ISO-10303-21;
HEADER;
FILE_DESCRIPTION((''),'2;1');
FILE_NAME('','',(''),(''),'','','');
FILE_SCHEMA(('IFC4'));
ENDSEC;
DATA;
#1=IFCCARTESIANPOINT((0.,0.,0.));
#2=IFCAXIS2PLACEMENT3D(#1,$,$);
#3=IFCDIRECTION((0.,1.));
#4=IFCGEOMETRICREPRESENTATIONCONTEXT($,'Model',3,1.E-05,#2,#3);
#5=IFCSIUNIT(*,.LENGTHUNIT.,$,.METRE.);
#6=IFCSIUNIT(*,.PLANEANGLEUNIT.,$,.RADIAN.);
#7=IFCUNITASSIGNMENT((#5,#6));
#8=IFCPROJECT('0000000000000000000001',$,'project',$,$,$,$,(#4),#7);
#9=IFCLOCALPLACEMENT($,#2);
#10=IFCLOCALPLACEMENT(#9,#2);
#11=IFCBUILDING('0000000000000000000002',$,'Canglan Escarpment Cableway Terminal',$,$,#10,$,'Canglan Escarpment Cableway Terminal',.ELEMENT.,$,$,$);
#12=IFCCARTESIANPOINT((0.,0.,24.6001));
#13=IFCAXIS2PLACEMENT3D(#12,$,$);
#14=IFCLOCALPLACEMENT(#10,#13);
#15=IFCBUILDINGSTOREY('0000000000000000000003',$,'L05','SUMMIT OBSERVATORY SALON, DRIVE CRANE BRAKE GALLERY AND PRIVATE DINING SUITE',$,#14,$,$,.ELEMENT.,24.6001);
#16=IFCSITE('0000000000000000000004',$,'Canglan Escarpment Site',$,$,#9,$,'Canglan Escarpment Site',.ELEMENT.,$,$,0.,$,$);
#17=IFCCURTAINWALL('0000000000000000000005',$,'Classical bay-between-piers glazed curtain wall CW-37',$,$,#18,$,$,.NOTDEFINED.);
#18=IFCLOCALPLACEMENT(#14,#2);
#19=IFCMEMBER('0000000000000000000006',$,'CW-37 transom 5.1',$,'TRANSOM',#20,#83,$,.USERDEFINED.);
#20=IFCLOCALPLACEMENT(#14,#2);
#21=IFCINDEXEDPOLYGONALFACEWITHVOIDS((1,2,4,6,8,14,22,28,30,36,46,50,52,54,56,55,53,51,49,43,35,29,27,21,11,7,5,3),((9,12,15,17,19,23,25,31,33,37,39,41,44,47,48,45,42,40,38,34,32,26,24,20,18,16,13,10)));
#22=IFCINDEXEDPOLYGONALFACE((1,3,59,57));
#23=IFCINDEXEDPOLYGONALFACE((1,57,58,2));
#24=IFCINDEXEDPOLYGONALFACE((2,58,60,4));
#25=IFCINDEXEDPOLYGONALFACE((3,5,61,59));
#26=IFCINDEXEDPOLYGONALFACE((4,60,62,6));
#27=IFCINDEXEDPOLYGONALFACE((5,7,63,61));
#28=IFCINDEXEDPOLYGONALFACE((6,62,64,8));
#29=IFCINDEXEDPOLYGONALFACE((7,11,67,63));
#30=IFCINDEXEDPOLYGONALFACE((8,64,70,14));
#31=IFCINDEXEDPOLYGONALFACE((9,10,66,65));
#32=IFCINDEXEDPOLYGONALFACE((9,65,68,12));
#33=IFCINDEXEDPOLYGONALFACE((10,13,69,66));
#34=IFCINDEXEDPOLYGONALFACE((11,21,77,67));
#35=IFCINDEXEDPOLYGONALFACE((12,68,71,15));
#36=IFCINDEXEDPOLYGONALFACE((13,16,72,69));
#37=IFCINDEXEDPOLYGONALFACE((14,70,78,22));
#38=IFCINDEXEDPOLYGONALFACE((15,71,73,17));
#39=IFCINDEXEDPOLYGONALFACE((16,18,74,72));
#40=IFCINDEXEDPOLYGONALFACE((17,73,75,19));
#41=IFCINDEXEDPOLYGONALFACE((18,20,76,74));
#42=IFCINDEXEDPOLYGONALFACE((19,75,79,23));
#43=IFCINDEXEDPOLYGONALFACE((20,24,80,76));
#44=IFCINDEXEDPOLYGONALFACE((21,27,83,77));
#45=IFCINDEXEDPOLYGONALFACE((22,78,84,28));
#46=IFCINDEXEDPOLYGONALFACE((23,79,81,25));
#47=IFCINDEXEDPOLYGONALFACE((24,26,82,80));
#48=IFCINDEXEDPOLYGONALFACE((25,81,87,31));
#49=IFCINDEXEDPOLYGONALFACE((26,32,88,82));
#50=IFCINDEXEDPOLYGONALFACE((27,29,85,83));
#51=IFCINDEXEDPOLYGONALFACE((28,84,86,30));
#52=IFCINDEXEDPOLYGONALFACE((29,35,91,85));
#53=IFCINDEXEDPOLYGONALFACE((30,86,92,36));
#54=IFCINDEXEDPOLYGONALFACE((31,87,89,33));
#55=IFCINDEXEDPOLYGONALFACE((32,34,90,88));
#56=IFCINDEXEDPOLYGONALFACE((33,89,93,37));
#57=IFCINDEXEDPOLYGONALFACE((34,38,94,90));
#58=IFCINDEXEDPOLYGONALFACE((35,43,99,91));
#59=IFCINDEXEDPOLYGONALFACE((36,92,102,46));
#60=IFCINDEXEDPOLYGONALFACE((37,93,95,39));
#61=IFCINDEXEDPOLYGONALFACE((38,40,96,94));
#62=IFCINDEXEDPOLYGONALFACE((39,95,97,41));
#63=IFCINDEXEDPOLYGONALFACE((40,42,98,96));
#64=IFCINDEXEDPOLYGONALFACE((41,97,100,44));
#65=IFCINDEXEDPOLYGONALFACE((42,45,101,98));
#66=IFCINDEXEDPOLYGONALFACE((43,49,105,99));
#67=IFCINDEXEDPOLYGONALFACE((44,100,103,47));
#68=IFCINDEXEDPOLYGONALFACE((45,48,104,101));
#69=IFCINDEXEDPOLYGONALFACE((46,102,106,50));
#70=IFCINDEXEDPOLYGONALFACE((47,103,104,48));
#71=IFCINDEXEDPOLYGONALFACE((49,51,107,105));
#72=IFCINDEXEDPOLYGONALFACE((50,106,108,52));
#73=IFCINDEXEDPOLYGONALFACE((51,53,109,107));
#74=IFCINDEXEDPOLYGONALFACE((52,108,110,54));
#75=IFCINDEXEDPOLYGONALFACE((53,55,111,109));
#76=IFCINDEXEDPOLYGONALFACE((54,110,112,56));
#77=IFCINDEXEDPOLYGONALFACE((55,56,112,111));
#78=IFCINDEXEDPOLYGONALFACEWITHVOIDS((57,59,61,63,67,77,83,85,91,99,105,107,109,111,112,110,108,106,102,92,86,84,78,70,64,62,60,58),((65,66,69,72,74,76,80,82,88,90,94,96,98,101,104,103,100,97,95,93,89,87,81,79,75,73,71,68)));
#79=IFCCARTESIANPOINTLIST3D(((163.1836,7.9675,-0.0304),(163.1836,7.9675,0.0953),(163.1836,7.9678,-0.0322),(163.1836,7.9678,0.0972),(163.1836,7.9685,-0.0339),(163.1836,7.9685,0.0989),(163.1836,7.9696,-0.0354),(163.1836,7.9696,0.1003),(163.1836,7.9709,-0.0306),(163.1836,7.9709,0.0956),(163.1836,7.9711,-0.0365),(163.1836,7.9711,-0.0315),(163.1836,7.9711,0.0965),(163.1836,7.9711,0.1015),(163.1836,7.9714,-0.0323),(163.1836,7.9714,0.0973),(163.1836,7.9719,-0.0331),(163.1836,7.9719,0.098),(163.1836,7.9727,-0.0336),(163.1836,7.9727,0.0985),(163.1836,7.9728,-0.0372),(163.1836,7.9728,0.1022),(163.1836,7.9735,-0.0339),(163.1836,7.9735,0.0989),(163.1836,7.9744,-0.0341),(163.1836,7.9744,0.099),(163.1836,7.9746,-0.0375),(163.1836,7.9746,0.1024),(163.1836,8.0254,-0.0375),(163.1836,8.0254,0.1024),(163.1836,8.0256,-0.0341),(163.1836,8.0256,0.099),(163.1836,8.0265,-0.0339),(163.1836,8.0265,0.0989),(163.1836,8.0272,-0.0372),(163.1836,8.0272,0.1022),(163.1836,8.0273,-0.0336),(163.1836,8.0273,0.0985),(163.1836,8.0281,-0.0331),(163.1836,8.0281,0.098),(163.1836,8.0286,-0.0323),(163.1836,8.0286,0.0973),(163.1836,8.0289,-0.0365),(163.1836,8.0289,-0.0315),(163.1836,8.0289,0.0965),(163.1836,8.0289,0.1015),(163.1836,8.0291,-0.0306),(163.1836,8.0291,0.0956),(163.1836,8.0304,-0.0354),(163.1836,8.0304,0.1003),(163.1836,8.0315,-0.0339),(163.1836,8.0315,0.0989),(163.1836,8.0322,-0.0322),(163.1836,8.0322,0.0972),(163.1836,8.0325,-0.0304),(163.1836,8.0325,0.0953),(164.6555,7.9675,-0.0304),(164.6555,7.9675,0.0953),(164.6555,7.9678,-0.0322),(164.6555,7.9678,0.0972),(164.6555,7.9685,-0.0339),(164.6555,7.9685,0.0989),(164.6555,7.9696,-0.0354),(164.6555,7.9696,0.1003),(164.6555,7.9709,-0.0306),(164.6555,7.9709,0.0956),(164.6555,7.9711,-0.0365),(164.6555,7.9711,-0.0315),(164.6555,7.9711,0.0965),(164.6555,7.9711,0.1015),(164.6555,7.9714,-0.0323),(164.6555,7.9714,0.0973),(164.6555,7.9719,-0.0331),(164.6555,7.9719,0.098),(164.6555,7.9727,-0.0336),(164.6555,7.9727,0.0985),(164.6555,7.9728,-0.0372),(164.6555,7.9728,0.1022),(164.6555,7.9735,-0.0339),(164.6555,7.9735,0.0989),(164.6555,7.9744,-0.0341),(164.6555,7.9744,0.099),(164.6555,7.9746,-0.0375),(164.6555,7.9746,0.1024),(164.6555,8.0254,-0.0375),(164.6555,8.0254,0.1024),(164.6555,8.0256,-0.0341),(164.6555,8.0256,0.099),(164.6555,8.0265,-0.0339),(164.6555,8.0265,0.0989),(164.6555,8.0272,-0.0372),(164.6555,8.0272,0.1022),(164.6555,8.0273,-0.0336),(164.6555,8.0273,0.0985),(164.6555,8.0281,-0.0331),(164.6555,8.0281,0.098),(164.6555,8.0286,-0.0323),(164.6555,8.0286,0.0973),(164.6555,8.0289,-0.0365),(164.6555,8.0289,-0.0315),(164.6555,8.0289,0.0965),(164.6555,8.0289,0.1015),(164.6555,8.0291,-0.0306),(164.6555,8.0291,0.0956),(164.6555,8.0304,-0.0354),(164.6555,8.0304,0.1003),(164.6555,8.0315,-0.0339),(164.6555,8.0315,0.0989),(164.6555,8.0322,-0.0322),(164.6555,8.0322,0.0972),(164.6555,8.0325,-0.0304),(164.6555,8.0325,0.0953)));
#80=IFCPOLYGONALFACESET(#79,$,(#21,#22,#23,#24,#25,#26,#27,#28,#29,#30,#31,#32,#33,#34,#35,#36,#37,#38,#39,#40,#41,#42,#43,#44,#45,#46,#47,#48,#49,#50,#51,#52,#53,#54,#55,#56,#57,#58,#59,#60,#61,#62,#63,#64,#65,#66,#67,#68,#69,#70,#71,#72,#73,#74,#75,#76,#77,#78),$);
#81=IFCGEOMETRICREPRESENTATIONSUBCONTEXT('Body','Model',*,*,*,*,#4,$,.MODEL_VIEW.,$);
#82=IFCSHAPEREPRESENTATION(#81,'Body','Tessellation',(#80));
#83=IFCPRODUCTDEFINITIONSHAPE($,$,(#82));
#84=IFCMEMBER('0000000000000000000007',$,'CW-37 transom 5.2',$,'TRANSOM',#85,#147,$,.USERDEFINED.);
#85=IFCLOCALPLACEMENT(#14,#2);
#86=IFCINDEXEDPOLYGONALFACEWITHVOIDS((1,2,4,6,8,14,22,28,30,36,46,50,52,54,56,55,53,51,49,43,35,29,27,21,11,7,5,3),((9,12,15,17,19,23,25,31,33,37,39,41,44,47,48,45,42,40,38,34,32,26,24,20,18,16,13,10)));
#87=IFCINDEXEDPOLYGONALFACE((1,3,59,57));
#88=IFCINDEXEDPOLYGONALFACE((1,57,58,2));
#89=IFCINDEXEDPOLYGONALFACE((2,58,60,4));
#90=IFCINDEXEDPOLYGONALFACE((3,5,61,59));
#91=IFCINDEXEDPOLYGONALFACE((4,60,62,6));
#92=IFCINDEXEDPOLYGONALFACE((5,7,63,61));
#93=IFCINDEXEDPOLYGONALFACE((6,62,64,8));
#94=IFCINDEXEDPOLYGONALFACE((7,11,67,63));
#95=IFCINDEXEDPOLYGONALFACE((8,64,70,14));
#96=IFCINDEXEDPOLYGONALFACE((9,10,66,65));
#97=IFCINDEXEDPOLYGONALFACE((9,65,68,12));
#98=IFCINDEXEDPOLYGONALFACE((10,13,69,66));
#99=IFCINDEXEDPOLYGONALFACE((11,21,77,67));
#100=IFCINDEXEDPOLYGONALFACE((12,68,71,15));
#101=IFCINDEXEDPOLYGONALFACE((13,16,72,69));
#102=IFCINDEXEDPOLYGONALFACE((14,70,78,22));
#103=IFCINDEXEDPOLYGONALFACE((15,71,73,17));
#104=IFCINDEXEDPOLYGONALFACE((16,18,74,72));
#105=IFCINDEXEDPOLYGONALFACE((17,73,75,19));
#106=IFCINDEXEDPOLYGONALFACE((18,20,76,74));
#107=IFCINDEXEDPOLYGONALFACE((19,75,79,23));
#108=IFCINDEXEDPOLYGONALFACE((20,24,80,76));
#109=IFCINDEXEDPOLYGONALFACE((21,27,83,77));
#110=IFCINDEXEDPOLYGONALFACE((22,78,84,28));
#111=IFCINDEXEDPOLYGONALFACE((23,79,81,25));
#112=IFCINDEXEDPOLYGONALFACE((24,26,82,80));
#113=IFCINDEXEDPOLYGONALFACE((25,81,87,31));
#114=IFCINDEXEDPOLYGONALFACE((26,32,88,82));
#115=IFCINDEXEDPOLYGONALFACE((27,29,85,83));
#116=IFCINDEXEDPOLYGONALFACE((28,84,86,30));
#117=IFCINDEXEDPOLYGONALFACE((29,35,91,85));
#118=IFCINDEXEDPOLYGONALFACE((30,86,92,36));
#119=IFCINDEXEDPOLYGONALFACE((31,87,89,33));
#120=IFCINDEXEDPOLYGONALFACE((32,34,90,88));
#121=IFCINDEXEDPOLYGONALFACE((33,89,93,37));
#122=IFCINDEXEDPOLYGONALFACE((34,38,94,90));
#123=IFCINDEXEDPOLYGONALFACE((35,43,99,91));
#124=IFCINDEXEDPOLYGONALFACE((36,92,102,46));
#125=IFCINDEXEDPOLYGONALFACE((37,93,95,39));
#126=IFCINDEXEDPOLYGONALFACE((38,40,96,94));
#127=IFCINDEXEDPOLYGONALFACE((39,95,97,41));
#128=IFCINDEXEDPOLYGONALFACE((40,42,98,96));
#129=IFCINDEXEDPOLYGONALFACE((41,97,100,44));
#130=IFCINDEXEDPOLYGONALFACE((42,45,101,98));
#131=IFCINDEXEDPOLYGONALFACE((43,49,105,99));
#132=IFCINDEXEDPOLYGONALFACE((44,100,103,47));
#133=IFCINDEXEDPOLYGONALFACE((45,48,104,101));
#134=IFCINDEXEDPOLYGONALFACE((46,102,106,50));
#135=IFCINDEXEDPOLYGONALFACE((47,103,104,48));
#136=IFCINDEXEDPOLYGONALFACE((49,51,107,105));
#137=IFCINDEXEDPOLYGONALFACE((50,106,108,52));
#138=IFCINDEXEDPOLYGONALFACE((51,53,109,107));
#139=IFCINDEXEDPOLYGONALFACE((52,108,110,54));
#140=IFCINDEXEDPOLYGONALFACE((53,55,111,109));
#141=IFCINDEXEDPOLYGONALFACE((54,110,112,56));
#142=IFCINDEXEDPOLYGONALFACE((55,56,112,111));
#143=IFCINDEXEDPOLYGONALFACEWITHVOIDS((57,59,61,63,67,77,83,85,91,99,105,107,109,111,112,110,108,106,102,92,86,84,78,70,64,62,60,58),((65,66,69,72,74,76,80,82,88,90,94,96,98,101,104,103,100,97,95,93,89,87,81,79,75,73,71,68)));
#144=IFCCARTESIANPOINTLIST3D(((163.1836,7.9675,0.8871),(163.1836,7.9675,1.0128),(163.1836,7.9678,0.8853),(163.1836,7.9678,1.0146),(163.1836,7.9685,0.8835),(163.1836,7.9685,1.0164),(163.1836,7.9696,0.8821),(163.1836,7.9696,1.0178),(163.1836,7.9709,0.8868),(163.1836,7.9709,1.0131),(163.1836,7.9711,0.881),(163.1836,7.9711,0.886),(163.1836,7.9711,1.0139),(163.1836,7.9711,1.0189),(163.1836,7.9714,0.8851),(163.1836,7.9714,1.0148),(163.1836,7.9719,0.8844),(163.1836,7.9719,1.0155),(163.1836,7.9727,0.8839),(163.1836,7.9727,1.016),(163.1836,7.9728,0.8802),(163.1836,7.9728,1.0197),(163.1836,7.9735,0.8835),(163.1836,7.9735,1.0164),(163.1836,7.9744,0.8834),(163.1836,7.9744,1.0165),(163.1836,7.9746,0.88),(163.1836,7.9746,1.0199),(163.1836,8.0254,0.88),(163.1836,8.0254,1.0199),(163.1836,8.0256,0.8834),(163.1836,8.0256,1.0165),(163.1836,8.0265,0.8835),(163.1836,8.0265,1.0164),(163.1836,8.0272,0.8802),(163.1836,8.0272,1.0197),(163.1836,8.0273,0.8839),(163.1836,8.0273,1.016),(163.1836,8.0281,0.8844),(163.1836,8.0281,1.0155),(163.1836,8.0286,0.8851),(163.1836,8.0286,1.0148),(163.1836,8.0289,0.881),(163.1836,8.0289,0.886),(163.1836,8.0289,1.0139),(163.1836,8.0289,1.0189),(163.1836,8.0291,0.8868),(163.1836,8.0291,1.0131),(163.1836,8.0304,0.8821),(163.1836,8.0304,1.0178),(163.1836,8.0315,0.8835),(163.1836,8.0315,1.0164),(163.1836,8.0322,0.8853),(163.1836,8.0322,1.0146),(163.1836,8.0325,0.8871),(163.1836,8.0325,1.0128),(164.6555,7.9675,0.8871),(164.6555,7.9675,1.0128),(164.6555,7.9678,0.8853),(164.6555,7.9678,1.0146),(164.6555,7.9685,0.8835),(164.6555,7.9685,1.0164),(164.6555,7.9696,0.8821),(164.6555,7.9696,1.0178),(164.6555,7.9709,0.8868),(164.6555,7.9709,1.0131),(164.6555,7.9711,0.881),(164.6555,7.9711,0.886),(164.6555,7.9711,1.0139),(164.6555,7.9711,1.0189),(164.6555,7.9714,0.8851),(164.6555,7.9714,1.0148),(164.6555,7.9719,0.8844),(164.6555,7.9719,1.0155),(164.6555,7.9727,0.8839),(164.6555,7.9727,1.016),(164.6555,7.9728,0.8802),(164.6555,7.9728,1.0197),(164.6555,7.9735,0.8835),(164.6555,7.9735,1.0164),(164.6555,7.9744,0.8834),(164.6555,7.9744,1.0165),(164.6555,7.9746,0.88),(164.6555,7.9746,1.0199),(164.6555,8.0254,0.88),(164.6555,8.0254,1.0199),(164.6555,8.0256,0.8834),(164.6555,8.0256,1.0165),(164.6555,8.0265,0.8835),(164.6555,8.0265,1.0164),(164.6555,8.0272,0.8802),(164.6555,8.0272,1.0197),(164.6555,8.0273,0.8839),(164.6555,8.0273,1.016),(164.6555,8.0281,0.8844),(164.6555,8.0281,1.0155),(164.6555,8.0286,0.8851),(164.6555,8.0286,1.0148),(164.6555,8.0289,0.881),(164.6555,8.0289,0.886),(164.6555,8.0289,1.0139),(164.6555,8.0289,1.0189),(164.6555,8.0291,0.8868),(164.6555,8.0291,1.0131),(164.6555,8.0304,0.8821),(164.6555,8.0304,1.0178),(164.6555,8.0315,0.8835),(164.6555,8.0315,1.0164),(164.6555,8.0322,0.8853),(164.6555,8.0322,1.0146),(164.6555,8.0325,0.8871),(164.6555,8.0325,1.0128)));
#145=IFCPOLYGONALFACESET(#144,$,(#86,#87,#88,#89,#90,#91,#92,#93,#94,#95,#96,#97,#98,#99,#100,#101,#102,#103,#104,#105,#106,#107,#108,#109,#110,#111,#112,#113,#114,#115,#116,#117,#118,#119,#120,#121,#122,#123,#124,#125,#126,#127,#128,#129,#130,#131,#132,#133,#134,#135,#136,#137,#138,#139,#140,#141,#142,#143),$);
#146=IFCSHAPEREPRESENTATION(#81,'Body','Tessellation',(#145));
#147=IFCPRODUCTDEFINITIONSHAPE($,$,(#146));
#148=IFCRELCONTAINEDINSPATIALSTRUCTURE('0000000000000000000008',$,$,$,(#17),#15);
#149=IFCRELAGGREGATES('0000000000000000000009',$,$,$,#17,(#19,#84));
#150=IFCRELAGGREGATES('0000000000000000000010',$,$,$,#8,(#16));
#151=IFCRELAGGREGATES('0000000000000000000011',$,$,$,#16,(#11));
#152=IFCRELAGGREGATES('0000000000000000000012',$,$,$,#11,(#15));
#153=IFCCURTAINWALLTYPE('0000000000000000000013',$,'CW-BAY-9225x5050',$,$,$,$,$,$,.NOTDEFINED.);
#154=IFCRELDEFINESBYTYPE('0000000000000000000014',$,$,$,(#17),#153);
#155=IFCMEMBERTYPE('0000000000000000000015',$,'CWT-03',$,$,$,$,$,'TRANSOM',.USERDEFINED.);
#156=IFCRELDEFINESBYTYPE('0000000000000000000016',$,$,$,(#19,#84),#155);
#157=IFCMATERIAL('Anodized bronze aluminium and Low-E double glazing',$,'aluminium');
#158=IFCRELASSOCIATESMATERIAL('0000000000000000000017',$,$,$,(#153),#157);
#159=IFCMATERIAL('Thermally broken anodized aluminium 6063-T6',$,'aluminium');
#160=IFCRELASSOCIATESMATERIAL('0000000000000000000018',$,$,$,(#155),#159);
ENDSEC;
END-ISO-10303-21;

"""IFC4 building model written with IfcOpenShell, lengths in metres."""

from ifc_helpers import new_model, si_unit, direction, frame, origin, origin_2d, place, context, subcontext, project, spatial, hollow_rectangle, extrude, material, material_profile, profile_set, type_object, element, aggregate, save


model = new_model("IFC4")

# Units and contexts
model_context = context("Model", 3, precision=1e-05, world=origin(), true_north=direction((0.0, 1.0)))
body_context = subcontext(model_context, "Body", "Model", "MODEL_VIEW")
ifc_project = project(units=[si_unit("LENGTHUNIT", "METRE"), si_unit("PLANEANGLEUNIT", "RADIAN")], contexts=[model_context])

# Site, building, storey
site_placement = place(None, origin())
site = spatial("IfcSite", under=ifc_project, at=site_placement, Name="Canglan Escarpment Site", LongName="Canglan Escarpment Site", CompositionType="ELEMENT", RefElevation=0.0)
building_placement = place(site_placement, origin())
building = spatial("IfcBuilding", under=site, at=building_placement, Name="Canglan Escarpment Cableway Terminal", LongName="Canglan Escarpment Cableway Terminal", CompositionType="ELEMENT")
storey_placement = place(building_placement, frame((0.0, 0.0, 24.6001)))
storey = spatial("IfcBuildingStorey", under=building, at=storey_placement, Name="L05", Description="SUMMIT OBSERVATORY SALON, DRIVE CRANE BRAKE GALLERY AND PRIVATE DINING SUITE", CompositionType="ELEMENT", Elevation=24.6001)

# Curtain wall, members
ifc_material_1 = material(Name="Anodized bronze aluminium and Low-E double glazing", Category="aluminium")
curtain_wall_type = type_object("IfcCurtainWallType", Name="CW-BAY-9225x5050", PredefinedType="NOTDEFINED", material=ifc_material_1)
curtain_wall_placement = place(storey_placement, origin())
curtain_wall = element("IfcCurtainWall", 1, at=curtain_wall_placement, inside=storey, type_object=curtain_wall_type, Name="Classical bay-between-piers glazed curtain wall CW-37", PredefinedType="NOTDEFINED")
ifc_material_2 = material(Name="Thermally broken anodized aluminium 6063-T6", Category="aluminium")
ifc_material_profile_1 = material_profile(ifc_material_2, hollow_rectangle(XDim=0.0649, YDim=0.1399, WallThickness=0.0034, InnerFilletRadius=0.0034, OuterFilletRadius=0.0071, at=origin_2d()), Name="ALU-TRAN 65x140x3.5")
ifc_profile_set_1 = profile_set([ifc_material_profile_1], Name="Thermally broken anodized aluminium 6063-T6")
member_type_1 = type_object("IfcMemberType", Name="CWT-03", ElementType="TRANSOM", PredefinedType="USERDEFINED", material=ifc_profile_set_1)
member_1_placement = place(storey_placement, frame((163.1836, 8.0, 0.0325), z_axis=(1.0, 0.0, 0.0), x_axis=(0.0, 1.0, 0.0)))
member_1 = element("IfcMember", 2, at=member_1_placement, type_object=member_type_1, Name="CW-37 transom 5.1", ObjectType="TRANSOM", PredefinedType="USERDEFINED", context=body_context, shape_type="SweptSolid", body=[
    extrude(hollow_rectangle(XDim=0.0649, YDim=0.1399, WallThickness=0.0034, InnerFilletRadius=0.0034, OuterFilletRadius=0.0071, at=origin_2d()), origin(), (0.0, 0.0, 1.0), 1.4719),
])
member_2_placement = place(storey_placement, frame((163.1836, 8.0, 0.95), z_axis=(1.0, 0.0, 0.0), x_axis=(0.0, 1.0, 0.0)))
member_2 = element("IfcMember", 3, at=member_2_placement, type_object=member_type_1, Name="CW-37 transom 5.2", ObjectType="TRANSOM", PredefinedType="USERDEFINED", context=body_context, shape_type="SweptSolid", body=[
    extrude(hollow_rectangle(XDim=0.0649, YDim=0.1399, WallThickness=0.0034, InnerFilletRadius=0.0034, OuterFilletRadius=0.0071, at=origin_2d()), origin(), (0.0, 0.0, 1.0), 1.4719),
])

aggregate(curtain_wall, [member_1, member_2])

save(model, "model.ifc")
